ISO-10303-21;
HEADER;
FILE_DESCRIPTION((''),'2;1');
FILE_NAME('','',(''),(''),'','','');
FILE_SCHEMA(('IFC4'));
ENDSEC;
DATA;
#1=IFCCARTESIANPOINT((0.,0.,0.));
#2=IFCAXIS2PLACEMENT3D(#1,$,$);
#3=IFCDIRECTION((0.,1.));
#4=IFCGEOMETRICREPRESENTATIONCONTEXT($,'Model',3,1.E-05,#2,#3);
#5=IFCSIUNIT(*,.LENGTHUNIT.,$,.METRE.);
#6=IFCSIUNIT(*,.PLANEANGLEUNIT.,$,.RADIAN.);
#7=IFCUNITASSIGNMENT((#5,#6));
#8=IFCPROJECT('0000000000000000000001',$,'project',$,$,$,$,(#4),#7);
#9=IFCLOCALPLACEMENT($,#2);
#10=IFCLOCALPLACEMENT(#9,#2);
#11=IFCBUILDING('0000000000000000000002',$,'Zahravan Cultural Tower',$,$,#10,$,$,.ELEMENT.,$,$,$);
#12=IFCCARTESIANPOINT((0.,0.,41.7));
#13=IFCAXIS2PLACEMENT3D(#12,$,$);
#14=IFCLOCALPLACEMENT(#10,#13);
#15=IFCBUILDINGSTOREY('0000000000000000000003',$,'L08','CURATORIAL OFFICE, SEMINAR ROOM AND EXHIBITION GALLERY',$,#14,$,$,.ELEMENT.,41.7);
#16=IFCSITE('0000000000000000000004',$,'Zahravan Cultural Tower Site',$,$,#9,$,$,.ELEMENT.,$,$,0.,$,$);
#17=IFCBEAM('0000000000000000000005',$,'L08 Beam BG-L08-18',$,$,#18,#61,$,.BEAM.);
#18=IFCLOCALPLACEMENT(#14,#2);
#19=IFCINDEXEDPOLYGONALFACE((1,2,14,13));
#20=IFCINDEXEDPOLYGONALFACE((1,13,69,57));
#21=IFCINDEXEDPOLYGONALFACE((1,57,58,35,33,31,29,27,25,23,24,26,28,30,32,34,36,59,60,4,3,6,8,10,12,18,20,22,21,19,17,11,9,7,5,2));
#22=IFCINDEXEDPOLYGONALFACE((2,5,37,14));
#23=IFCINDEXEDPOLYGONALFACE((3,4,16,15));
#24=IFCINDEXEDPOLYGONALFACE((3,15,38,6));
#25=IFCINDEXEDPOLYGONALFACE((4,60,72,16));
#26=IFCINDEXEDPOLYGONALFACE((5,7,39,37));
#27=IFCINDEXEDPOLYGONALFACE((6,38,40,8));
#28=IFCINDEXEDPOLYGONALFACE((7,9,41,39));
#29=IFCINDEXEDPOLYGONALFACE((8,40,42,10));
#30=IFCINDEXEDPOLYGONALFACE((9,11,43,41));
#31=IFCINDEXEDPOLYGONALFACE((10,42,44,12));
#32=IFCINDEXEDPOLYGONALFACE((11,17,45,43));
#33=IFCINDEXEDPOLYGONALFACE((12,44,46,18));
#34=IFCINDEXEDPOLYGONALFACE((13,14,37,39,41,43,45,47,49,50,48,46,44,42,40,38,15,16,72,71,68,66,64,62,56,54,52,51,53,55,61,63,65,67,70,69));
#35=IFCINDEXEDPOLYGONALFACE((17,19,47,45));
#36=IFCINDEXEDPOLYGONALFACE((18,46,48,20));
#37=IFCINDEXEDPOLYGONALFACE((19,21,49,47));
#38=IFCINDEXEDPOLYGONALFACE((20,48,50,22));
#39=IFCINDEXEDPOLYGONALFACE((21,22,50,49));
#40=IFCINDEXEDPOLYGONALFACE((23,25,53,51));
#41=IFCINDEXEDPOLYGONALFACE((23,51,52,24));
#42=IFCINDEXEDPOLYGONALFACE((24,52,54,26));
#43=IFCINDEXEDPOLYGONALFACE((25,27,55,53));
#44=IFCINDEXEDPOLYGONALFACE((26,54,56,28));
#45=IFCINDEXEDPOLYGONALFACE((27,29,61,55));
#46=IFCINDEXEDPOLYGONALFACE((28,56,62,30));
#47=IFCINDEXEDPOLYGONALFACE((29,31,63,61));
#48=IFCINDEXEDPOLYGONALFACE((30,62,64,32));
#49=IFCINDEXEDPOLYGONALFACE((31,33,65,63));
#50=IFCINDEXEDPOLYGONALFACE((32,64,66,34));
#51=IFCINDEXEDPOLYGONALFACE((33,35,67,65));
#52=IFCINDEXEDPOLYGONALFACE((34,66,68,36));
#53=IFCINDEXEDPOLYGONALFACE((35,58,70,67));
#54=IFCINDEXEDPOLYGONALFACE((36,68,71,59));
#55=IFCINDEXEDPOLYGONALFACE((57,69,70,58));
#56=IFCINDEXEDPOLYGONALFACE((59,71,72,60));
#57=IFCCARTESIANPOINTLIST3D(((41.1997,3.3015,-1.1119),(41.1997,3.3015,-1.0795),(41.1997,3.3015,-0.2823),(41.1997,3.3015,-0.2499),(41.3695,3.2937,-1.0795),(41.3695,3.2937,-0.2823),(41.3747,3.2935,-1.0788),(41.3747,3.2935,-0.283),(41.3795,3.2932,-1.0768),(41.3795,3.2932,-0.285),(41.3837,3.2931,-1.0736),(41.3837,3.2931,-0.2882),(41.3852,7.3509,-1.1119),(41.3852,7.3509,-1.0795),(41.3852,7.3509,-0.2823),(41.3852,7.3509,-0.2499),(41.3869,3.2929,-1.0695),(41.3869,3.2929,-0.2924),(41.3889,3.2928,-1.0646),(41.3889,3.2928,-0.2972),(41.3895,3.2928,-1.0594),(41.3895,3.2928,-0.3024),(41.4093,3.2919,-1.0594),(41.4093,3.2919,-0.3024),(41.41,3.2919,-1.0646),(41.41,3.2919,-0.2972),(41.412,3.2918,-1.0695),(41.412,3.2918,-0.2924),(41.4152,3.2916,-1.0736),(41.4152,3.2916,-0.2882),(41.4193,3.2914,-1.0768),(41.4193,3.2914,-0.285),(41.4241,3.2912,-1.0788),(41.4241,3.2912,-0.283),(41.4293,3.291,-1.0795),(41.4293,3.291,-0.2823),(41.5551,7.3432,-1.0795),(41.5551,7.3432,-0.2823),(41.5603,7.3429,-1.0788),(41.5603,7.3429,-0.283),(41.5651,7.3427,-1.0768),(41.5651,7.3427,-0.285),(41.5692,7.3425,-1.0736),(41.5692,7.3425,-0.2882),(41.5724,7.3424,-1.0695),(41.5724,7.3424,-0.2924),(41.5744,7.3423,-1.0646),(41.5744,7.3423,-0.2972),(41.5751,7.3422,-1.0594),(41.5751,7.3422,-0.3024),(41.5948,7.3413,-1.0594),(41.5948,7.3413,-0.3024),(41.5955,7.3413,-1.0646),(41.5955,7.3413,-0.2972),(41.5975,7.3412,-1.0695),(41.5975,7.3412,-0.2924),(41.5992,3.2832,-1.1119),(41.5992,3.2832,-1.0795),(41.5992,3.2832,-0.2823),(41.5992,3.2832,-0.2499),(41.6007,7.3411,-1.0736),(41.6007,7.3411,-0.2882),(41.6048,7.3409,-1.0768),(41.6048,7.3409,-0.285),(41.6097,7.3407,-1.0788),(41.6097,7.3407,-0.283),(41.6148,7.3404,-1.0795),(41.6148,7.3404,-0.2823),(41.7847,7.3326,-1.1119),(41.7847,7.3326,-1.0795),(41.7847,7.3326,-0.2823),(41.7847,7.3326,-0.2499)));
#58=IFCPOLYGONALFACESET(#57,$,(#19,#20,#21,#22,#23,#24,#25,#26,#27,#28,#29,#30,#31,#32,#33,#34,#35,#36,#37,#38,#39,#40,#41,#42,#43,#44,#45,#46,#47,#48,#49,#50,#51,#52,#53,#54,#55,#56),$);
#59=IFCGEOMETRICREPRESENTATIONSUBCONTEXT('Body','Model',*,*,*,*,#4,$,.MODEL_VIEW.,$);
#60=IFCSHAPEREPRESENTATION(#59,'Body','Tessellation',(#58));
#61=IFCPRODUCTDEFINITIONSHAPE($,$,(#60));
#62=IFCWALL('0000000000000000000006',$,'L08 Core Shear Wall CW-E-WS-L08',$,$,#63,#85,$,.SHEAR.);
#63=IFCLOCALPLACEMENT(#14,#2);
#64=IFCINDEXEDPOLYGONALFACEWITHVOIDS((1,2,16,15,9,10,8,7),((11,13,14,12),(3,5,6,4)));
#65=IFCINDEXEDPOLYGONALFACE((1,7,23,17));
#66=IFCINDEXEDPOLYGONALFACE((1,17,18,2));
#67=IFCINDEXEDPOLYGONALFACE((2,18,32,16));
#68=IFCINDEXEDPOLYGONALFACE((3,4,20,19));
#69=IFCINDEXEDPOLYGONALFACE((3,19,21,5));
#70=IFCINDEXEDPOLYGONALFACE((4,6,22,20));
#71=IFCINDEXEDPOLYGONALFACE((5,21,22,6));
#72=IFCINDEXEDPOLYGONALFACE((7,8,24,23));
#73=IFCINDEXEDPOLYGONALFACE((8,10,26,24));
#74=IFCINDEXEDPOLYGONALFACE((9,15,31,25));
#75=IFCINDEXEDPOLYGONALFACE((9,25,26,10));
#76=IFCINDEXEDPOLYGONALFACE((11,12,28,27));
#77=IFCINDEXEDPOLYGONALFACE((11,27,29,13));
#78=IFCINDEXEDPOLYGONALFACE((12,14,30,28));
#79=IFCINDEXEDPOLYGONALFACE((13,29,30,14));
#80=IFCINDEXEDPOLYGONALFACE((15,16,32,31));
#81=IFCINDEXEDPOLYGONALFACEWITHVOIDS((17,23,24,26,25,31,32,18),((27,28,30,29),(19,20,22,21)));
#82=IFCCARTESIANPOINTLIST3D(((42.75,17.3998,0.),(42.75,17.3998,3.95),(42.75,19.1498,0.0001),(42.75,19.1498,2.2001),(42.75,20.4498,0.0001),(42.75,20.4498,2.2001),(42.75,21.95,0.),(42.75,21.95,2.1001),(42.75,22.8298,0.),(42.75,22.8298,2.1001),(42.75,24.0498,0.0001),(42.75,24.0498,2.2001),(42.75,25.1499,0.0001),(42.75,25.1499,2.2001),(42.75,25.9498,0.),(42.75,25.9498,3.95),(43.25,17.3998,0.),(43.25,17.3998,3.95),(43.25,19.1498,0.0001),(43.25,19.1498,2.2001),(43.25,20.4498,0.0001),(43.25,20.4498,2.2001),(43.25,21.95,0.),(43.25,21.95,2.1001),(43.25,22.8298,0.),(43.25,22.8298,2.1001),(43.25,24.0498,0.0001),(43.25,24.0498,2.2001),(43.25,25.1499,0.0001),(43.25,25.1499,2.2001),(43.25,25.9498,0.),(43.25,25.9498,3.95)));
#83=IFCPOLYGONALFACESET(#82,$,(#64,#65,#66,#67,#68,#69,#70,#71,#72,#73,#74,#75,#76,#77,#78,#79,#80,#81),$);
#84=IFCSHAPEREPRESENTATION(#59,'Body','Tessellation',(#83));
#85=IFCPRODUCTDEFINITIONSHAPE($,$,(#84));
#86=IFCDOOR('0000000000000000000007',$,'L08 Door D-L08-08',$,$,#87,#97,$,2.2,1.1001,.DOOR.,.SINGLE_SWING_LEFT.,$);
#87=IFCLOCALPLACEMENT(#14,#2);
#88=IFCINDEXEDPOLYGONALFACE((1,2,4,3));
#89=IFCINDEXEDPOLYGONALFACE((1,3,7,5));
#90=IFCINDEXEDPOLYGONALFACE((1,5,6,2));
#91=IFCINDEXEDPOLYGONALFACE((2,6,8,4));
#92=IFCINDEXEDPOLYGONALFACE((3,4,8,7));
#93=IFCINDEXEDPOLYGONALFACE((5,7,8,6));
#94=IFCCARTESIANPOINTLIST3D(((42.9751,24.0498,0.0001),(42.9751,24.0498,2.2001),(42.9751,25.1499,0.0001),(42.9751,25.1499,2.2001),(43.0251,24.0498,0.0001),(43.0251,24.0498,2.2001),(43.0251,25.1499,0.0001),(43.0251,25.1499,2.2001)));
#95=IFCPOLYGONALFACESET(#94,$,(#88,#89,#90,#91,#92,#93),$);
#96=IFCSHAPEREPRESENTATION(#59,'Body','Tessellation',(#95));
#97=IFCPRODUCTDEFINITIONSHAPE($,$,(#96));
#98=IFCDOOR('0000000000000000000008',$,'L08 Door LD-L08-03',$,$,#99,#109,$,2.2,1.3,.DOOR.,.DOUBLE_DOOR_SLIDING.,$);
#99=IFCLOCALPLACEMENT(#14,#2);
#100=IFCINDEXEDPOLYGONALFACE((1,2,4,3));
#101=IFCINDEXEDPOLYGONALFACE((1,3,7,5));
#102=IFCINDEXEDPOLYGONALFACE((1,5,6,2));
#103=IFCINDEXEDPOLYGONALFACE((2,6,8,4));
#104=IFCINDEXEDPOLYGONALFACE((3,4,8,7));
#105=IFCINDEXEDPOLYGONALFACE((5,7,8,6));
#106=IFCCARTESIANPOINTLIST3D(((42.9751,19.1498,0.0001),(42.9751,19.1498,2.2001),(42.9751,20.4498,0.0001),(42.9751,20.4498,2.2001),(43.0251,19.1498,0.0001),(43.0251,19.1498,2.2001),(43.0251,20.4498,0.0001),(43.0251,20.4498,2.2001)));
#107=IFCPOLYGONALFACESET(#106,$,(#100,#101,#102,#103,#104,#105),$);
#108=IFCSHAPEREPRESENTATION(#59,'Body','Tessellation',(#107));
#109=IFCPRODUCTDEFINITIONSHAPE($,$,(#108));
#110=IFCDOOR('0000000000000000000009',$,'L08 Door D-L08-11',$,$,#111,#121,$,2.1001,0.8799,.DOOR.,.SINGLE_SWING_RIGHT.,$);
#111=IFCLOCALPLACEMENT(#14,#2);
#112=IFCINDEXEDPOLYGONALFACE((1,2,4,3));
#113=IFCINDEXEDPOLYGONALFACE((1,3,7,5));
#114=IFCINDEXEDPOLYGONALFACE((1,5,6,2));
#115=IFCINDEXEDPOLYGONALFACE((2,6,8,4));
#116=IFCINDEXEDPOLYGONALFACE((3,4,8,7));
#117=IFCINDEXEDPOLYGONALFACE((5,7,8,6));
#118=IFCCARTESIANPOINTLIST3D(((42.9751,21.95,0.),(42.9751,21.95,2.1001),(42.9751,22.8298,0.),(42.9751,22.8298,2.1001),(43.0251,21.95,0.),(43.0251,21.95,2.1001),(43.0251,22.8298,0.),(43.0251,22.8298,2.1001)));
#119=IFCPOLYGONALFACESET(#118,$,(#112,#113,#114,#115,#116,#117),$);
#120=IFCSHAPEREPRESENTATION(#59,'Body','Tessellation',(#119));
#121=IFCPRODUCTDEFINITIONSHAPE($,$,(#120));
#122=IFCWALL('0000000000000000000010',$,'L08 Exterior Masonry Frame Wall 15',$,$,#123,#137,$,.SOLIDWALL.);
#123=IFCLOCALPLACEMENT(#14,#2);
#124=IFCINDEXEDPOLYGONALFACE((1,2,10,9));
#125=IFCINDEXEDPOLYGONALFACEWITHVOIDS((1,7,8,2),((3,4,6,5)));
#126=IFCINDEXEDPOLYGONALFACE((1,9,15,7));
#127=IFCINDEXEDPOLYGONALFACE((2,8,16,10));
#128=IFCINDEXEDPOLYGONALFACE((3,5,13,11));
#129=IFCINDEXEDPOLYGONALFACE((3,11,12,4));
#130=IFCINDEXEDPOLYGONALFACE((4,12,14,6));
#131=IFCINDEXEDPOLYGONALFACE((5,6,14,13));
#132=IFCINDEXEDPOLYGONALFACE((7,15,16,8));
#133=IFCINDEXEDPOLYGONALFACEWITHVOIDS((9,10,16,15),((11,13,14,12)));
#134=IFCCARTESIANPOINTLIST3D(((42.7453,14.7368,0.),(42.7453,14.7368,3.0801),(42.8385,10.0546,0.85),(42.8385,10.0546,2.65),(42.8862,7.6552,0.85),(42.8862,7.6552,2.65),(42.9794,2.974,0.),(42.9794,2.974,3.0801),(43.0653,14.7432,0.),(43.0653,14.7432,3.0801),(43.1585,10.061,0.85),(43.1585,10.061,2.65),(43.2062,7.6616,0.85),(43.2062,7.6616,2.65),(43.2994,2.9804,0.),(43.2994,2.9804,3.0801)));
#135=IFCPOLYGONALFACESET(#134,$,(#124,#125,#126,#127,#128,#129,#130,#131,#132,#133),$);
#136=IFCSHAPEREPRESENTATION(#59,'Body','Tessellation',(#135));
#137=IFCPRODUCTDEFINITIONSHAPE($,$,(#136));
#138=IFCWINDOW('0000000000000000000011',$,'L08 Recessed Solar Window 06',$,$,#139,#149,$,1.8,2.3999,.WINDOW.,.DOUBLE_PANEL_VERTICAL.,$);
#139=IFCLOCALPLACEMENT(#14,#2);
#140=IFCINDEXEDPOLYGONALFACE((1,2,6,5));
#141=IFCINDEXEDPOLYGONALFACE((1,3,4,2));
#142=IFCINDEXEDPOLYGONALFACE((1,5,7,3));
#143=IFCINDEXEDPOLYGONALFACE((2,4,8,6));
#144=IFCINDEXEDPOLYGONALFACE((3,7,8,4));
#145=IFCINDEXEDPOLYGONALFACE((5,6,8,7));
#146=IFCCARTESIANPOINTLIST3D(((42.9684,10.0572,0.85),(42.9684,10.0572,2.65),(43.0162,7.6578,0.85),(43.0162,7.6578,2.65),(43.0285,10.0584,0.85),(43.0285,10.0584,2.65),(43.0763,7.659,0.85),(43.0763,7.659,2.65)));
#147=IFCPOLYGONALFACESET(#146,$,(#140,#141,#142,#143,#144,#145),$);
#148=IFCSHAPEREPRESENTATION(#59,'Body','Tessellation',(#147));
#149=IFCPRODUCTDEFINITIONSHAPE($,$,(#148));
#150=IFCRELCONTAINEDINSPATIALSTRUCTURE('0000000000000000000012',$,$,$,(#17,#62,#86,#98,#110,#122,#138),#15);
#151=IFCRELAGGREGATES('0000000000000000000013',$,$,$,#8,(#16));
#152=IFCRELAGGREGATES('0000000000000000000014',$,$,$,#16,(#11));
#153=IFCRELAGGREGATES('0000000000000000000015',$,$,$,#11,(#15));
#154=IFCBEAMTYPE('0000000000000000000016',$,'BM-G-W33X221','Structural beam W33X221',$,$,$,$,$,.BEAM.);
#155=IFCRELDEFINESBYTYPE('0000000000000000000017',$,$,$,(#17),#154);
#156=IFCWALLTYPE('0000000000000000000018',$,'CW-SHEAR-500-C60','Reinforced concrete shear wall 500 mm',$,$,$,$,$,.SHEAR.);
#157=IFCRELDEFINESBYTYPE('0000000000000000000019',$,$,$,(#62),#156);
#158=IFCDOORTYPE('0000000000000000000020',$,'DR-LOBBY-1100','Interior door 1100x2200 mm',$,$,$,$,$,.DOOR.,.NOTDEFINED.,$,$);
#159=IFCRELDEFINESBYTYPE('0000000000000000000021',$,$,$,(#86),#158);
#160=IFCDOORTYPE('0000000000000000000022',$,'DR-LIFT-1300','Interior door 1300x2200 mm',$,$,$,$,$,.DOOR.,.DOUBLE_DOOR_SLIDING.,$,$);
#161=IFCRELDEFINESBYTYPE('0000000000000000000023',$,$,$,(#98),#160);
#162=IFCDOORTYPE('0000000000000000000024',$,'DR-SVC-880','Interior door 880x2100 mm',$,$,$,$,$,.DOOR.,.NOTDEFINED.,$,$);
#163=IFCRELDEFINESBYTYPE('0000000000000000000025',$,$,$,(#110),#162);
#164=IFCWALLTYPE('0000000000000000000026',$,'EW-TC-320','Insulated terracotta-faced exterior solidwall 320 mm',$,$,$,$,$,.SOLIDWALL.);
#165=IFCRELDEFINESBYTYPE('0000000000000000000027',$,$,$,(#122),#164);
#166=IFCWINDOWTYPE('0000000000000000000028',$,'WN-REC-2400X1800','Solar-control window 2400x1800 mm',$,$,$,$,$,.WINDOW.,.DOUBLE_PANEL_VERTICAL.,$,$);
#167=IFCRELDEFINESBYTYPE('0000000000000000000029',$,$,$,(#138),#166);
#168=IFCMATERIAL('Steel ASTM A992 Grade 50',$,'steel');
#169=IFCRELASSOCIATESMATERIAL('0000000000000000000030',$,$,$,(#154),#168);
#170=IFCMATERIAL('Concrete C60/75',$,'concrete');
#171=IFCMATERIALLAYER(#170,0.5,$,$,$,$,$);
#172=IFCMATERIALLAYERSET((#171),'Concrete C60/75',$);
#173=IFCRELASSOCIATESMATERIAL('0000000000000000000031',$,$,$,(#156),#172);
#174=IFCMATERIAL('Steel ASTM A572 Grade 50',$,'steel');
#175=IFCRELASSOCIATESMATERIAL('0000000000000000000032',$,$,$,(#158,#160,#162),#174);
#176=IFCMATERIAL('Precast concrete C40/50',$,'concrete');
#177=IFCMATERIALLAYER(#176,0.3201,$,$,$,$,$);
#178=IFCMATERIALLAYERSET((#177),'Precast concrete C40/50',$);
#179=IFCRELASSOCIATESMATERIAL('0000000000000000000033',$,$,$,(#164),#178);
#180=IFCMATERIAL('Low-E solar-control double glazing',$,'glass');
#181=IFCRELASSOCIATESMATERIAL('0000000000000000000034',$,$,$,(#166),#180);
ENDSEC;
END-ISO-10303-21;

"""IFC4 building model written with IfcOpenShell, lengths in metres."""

from ifc_helpers import new_model, si_unit, direction, frame, frame_2d, origin, origin_2d, place, context, subcontext, project, spatial, rectangle, i_section, extrude, source, transform, mapped, material, layer, layer_set, material_profile, profile_set, type_object, element, fill, save


model = new_model("IFC4")

# Units and contexts
model_context = context("Model", 3, precision=1e-05, world=origin(), true_north=direction((0.0, 1.0)))
body_context = subcontext(model_context, "Body", "Model", "MODEL_VIEW")
ifc_project = project(units=[si_unit("LENGTHUNIT", "METRE"), si_unit("PLANEANGLEUNIT", "RADIAN")], contexts=[model_context])

# Site, building, storey
site_placement = place(None, origin())
site = spatial("IfcSite", under=ifc_project, at=site_placement, Name="Zahravan Cultural Tower Site", CompositionType="ELEMENT", RefElevation=0.0)
building_placement = place(site_placement, origin())
building = spatial("IfcBuilding", under=site, at=building_placement, Name="Zahravan Cultural Tower", CompositionType="ELEMENT")
storey_placement = place(building_placement, frame((0.0, 0.0, 41.7)))
storey = spatial("IfcBuildingStorey", under=building, at=storey_placement, Name="L08", Description="CURATORIAL OFFICE, SEMINAR ROOM AND EXHIBITION GALLERY", CompositionType="ELEMENT", Elevation=41.7)

# Shared definitions
ifc_material_1 = material(Name="Concrete C60/75", Category="concrete")
ifc_material_2 = material(Name="Steel ASTM A572 Grade 50", Category="steel")

# Beam
ifc_material_3 = material(Name="Steel ASTM A992 Grade 50", Category="steel")
ifc_material_profile_1 = material_profile(ifc_material_3, i_section(OverallWidth=0.3999, OverallDepth=0.8621, WebThickness=0.0198, FlangeThickness=0.0325, FilletRadius=0.02, at=origin_2d()), Name="W33X221")
ifc_profile_set_1 = profile_set([ifc_material_profile_1], Name="Steel ASTM A992 Grade 50")
beam_type_1 = type_object("IfcBeamType", Name="BM-G-W33X221", Description="Structural beam W33X221", PredefinedType="BEAM", material=ifc_profile_set_1)
shared_shape_1 = source(origin(), body_context, "Body", "SweptSolid", [
    extrude(i_section(OverallWidth=0.3999, OverallDepth=0.8621, WebThickness=0.0198, FlangeThickness=0.0325, FilletRadius=0.02, at=origin_2d()), origin(), (0.0, 0.0, 1.0), 4.0537),
])
beam_1_placement = place(storey_placement, frame((41.585, 7.3418, -0.6809), z_axis=(-0.045771, -0.998952, 0.0), x_axis=(0.998952, -0.045771, 0.0)))
element("IfcBeam", 1, at=beam_1_placement, inside=storey, type_object=beam_type_1, Name="L08 Beam BG-L08-18", PredefinedType="BEAM", context=body_context, shape_type="MappedRepresentation", body=[
    mapped(shared_shape_1, transform((0.0, 0.0, 0.0), x_axis=(1.0, 0.0, 0.0), y_axis=(0.0, 1.0, 0.0), z_axis=(0.0, 0.0, 1.0), scale=1.0)),
])

# Wall, openings, doors
ifc_layer_1 = layer(ifc_material_1, 0.5)
ifc_layer_set_1 = layer_set([ifc_layer_1], Name="Concrete C60/75")
wall_type_1 = type_object("IfcWallType", Name="CW-SHEAR-500-C60", Description="Reinforced concrete shear wall 500 mm", PredefinedType="SHEAR", material=ifc_layer_set_1)
wall_1_placement = place(storey_placement, frame((43.0, 17.3999, 0.0), z_axis=(0.0, 0.0, 1.0), x_axis=(0.0, 1.0, 0.0)))
wall_1 = element("IfcWall", 2, at=wall_1_placement, inside=storey, type_object=wall_type_1, Name="L08 Core Shear Wall CW-E-WS-L08", PredefinedType="SHEAR", context=body_context, shape_type="SweptSolid", body=[
    extrude(rectangle(XDim=8.55, YDim=0.5, at=frame_2d((4.2749, 0.0))), origin(), (0.0, 0.0, 1.0), 3.95),
])
opening_1_placement = place(wall_1_placement, frame((6.6499, 0.0, 0.0)))
opening_1 = element("IfcOpeningElement", 3, at=opening_1_placement, cuts=wall_1, PredefinedType="OPENING", context=body_context, shape_type="SweptSolid", body=[
    extrude(rectangle(XDim=1.1001, YDim=2.2, at=frame_2d((0.55, 1.1001))), frame((0.0, 0.26, 0.0), z_axis=(0.0, -1.0, 0.0), x_axis=(1.0, 0.0, 0.0)), (0.0, 0.0, 1.0), 0.52),
])
opening_2_placement = place(wall_1_placement, frame((1.75, 0.0, 0.0)))
opening_2 = element("IfcOpeningElement", 4, at=opening_2_placement, cuts=wall_1, PredefinedType="OPENING", context=body_context, shape_type="SweptSolid", body=[
    extrude(rectangle(XDim=1.3, YDim=2.2, at=frame_2d((0.6499, 1.1001))), frame((0.0, 0.26, 0.0), z_axis=(0.0, -1.0, 0.0), x_axis=(1.0, 0.0, 0.0)), (0.0, 0.0, 1.0), 0.52),
])
opening_3_placement = place(wall_1_placement, frame((4.55, 0.0, 0.0)))
opening_3 = element("IfcOpeningElement", 5, at=opening_3_placement, cuts=wall_1, PredefinedType="OPENING", context=body_context, shape_type="SweptSolid", body=[
    extrude(rectangle(XDim=0.8799, YDim=2.1001, at=frame_2d((0.4399, 1.05))), frame((0.0, 0.26, 0.0), z_axis=(0.0, -1.0, 0.0), x_axis=(1.0, 0.0, 0.0)), (0.0, 0.0, 1.0), 0.52),
])
door_type_1 = type_object("IfcDoorType", Name="DR-LOBBY-1100", Description="Interior door 1100x2200 mm", OperationType="NOTDEFINED", PredefinedType="DOOR", material=ifc_material_2)
shared_shape_2 = source(origin(), body_context, "Body", "SweptSolid", [
    extrude(rectangle(XDim=1.1001, YDim=2.2, at=frame_2d((0.55, 1.1001))), frame((0.0, 0.0249, 0.0), z_axis=(0.0, -1.0, 0.0), x_axis=(1.0, 0.0, 0.0)), (0.0, 0.0, 1.0), 0.05),
])
door_1_placement = place(opening_1_placement, origin())
door_1 = element("IfcDoor", 6, at=door_1_placement, inside=storey, type_object=door_type_1, Name="L08 Door D-L08-08", OperationType="SINGLE_SWING_LEFT", OverallHeight=2.2, OverallWidth=1.1001, PredefinedType="DOOR", context=body_context, shape_type="MappedRepresentation", body=[
    mapped(shared_shape_2, transform((0.0, 0.0, 0.0), x_axis=(1.0, 0.0, 0.0), y_axis=(0.0, 1.0, 0.0), z_axis=(0.0, 0.0, 1.0), scale=1.0)),
])
fill(opening_1, door_1)
door_type_2 = type_object("IfcDoorType", Name="DR-LIFT-1300", Description="Interior door 1300x2200 mm", OperationType="DOUBLE_DOOR_SLIDING", PredefinedType="DOOR", material=ifc_material_2)
shared_shape_3 = source(origin(), body_context, "Body", "SweptSolid", [
    extrude(rectangle(XDim=1.3, YDim=2.2, at=frame_2d((0.6499, 1.1001))), frame((0.0, 0.0249, 0.0), z_axis=(0.0, -1.0, 0.0), x_axis=(1.0, 0.0, 0.0)), (0.0, 0.0, 1.0), 0.05),
])
door_2_placement = place(opening_2_placement, origin())
door_2 = element("IfcDoor", 7, at=door_2_placement, inside=storey, type_object=door_type_2, Name="L08 Door LD-L08-03", OperationType="DOUBLE_DOOR_SLIDING", OverallHeight=2.2, OverallWidth=1.3, PredefinedType="DOOR", context=body_context, shape_type="MappedRepresentation", body=[
    mapped(shared_shape_3, transform((0.0, 0.0, 0.0), x_axis=(1.0, 0.0, 0.0), y_axis=(0.0, 1.0, 0.0), z_axis=(0.0, 0.0, 1.0), scale=1.0)),
])
fill(opening_2, door_2)
door_type_3 = type_object("IfcDoorType", Name="DR-SVC-880", Description="Interior door 880x2100 mm", OperationType="NOTDEFINED", PredefinedType="DOOR", material=ifc_material_2)
shared_shape_4 = source(origin(), body_context, "Body", "SweptSolid", [
    extrude(rectangle(XDim=0.8799, YDim=2.1001, at=frame_2d((0.4399, 1.05))), frame((0.0, 0.0249, 0.0), z_axis=(0.0, -1.0, 0.0), x_axis=(1.0, 0.0, 0.0)), (0.0, 0.0, 1.0), 0.05),
])
door_3_placement = place(opening_3_placement, origin())
door_3 = element("IfcDoor", 8, at=door_3_placement, inside=storey, type_object=door_type_3, Name="L08 Door D-L08-11", OperationType="SINGLE_SWING_RIGHT", OverallHeight=2.1001, OverallWidth=0.8799, PredefinedType="DOOR", context=body_context, shape_type="MappedRepresentation", body=[
    mapped(shared_shape_4, transform((0.0, 0.0, 0.0), x_axis=(1.0, 0.0, 0.0), y_axis=(0.0, 1.0, 0.0), z_axis=(0.0, 0.0, 1.0), scale=1.0)),
])
fill(opening_3, door_3)

# Wall, opening, window
ifc_material_4 = material(Name="Precast concrete C40/50", Category="concrete")
ifc_layer_2 = layer(ifc_material_4, 0.3201)
ifc_layer_set_2 = layer_set([ifc_layer_2], Name="Precast concrete C40/50")
wall_type_2 = type_object("IfcWallType", Name="EW-TC-320", Description="Insulated terracotta-faced exterior solidwall 320 mm", PredefinedType="SOLIDWALL", material=ifc_layer_set_2)
wall_2_placement = place(storey_placement, frame((42.9053, 14.74, 0.0), z_axis=(0.0, 0.0, 1.0), x_axis=(0.019901, -0.999802, 0.0)))
wall_2 = element("IfcWall", 9, at=wall_2_placement, inside=storey, type_object=wall_type_2, Name="L08 Exterior Masonry Frame Wall 15", PredefinedType="SOLIDWALL", context=body_context, shape_type="SweptSolid", body=[
    extrude(rectangle(XDim=11.7651, YDim=0.3201, at=frame_2d((5.8826, 0.0))), origin(), (0.0, 0.0, 1.0), 3.0801),
])
opening_4_placement = place(wall_2_placement, frame((4.6831, 0.0, 0.8501)))
opening_4 = element("IfcOpeningElement", 10, at=opening_4_placement, cuts=wall_2, PredefinedType="OPENING", context=body_context, shape_type="SweptSolid", body=[
    extrude(rectangle(XDim=2.3999, YDim=1.8, at=frame_2d((1.2, 0.8999))), frame((0.0, 0.1699, 0.0), z_axis=(0.0, -1.0, 0.0), x_axis=(1.0, 0.0, 0.0)), (0.0, 0.0, 1.0), 0.3401),
])
ifc_material_5 = material(Name="Low-E solar-control double glazing", Category="glass")
window_type = type_object("IfcWindowType", Name="WN-REC-2400X1800", Description="Solar-control window 2400x1800 mm", PartitioningType="DOUBLE_PANEL_VERTICAL", PredefinedType="WINDOW", material=ifc_material_5)
shared_shape_5 = source(origin(), body_context, "Body", "SweptSolid", [
    extrude(rectangle(XDim=2.3999, YDim=1.8, at=frame_2d((1.2, 0.8999))), frame((0.0, 0.03, 0.0), z_axis=(0.0, -1.0, 0.0), x_axis=(1.0, 0.0, 0.0)), (0.0, 0.0, 1.0), 0.0601),
])
window_placement = place(opening_4_placement, origin())
window = element("IfcWindow", 11, at=window_placement, inside=storey, type_object=window_type, Name="L08 Recessed Solar Window 06", OverallHeight=1.8, OverallWidth=2.3999, PartitioningType="DOUBLE_PANEL_VERTICAL", PredefinedType="WINDOW", context=body_context, shape_type="MappedRepresentation", body=[
    mapped(shared_shape_5, transform((0.0, 0.0, 0.0), x_axis=(1.0, 0.0, 0.0), y_axis=(0.0, 1.0, 0.0), z_axis=(0.0, 0.0, 1.0), scale=1.0)),
])
fill(opening_4, window)

save(model, "model.ifc")
